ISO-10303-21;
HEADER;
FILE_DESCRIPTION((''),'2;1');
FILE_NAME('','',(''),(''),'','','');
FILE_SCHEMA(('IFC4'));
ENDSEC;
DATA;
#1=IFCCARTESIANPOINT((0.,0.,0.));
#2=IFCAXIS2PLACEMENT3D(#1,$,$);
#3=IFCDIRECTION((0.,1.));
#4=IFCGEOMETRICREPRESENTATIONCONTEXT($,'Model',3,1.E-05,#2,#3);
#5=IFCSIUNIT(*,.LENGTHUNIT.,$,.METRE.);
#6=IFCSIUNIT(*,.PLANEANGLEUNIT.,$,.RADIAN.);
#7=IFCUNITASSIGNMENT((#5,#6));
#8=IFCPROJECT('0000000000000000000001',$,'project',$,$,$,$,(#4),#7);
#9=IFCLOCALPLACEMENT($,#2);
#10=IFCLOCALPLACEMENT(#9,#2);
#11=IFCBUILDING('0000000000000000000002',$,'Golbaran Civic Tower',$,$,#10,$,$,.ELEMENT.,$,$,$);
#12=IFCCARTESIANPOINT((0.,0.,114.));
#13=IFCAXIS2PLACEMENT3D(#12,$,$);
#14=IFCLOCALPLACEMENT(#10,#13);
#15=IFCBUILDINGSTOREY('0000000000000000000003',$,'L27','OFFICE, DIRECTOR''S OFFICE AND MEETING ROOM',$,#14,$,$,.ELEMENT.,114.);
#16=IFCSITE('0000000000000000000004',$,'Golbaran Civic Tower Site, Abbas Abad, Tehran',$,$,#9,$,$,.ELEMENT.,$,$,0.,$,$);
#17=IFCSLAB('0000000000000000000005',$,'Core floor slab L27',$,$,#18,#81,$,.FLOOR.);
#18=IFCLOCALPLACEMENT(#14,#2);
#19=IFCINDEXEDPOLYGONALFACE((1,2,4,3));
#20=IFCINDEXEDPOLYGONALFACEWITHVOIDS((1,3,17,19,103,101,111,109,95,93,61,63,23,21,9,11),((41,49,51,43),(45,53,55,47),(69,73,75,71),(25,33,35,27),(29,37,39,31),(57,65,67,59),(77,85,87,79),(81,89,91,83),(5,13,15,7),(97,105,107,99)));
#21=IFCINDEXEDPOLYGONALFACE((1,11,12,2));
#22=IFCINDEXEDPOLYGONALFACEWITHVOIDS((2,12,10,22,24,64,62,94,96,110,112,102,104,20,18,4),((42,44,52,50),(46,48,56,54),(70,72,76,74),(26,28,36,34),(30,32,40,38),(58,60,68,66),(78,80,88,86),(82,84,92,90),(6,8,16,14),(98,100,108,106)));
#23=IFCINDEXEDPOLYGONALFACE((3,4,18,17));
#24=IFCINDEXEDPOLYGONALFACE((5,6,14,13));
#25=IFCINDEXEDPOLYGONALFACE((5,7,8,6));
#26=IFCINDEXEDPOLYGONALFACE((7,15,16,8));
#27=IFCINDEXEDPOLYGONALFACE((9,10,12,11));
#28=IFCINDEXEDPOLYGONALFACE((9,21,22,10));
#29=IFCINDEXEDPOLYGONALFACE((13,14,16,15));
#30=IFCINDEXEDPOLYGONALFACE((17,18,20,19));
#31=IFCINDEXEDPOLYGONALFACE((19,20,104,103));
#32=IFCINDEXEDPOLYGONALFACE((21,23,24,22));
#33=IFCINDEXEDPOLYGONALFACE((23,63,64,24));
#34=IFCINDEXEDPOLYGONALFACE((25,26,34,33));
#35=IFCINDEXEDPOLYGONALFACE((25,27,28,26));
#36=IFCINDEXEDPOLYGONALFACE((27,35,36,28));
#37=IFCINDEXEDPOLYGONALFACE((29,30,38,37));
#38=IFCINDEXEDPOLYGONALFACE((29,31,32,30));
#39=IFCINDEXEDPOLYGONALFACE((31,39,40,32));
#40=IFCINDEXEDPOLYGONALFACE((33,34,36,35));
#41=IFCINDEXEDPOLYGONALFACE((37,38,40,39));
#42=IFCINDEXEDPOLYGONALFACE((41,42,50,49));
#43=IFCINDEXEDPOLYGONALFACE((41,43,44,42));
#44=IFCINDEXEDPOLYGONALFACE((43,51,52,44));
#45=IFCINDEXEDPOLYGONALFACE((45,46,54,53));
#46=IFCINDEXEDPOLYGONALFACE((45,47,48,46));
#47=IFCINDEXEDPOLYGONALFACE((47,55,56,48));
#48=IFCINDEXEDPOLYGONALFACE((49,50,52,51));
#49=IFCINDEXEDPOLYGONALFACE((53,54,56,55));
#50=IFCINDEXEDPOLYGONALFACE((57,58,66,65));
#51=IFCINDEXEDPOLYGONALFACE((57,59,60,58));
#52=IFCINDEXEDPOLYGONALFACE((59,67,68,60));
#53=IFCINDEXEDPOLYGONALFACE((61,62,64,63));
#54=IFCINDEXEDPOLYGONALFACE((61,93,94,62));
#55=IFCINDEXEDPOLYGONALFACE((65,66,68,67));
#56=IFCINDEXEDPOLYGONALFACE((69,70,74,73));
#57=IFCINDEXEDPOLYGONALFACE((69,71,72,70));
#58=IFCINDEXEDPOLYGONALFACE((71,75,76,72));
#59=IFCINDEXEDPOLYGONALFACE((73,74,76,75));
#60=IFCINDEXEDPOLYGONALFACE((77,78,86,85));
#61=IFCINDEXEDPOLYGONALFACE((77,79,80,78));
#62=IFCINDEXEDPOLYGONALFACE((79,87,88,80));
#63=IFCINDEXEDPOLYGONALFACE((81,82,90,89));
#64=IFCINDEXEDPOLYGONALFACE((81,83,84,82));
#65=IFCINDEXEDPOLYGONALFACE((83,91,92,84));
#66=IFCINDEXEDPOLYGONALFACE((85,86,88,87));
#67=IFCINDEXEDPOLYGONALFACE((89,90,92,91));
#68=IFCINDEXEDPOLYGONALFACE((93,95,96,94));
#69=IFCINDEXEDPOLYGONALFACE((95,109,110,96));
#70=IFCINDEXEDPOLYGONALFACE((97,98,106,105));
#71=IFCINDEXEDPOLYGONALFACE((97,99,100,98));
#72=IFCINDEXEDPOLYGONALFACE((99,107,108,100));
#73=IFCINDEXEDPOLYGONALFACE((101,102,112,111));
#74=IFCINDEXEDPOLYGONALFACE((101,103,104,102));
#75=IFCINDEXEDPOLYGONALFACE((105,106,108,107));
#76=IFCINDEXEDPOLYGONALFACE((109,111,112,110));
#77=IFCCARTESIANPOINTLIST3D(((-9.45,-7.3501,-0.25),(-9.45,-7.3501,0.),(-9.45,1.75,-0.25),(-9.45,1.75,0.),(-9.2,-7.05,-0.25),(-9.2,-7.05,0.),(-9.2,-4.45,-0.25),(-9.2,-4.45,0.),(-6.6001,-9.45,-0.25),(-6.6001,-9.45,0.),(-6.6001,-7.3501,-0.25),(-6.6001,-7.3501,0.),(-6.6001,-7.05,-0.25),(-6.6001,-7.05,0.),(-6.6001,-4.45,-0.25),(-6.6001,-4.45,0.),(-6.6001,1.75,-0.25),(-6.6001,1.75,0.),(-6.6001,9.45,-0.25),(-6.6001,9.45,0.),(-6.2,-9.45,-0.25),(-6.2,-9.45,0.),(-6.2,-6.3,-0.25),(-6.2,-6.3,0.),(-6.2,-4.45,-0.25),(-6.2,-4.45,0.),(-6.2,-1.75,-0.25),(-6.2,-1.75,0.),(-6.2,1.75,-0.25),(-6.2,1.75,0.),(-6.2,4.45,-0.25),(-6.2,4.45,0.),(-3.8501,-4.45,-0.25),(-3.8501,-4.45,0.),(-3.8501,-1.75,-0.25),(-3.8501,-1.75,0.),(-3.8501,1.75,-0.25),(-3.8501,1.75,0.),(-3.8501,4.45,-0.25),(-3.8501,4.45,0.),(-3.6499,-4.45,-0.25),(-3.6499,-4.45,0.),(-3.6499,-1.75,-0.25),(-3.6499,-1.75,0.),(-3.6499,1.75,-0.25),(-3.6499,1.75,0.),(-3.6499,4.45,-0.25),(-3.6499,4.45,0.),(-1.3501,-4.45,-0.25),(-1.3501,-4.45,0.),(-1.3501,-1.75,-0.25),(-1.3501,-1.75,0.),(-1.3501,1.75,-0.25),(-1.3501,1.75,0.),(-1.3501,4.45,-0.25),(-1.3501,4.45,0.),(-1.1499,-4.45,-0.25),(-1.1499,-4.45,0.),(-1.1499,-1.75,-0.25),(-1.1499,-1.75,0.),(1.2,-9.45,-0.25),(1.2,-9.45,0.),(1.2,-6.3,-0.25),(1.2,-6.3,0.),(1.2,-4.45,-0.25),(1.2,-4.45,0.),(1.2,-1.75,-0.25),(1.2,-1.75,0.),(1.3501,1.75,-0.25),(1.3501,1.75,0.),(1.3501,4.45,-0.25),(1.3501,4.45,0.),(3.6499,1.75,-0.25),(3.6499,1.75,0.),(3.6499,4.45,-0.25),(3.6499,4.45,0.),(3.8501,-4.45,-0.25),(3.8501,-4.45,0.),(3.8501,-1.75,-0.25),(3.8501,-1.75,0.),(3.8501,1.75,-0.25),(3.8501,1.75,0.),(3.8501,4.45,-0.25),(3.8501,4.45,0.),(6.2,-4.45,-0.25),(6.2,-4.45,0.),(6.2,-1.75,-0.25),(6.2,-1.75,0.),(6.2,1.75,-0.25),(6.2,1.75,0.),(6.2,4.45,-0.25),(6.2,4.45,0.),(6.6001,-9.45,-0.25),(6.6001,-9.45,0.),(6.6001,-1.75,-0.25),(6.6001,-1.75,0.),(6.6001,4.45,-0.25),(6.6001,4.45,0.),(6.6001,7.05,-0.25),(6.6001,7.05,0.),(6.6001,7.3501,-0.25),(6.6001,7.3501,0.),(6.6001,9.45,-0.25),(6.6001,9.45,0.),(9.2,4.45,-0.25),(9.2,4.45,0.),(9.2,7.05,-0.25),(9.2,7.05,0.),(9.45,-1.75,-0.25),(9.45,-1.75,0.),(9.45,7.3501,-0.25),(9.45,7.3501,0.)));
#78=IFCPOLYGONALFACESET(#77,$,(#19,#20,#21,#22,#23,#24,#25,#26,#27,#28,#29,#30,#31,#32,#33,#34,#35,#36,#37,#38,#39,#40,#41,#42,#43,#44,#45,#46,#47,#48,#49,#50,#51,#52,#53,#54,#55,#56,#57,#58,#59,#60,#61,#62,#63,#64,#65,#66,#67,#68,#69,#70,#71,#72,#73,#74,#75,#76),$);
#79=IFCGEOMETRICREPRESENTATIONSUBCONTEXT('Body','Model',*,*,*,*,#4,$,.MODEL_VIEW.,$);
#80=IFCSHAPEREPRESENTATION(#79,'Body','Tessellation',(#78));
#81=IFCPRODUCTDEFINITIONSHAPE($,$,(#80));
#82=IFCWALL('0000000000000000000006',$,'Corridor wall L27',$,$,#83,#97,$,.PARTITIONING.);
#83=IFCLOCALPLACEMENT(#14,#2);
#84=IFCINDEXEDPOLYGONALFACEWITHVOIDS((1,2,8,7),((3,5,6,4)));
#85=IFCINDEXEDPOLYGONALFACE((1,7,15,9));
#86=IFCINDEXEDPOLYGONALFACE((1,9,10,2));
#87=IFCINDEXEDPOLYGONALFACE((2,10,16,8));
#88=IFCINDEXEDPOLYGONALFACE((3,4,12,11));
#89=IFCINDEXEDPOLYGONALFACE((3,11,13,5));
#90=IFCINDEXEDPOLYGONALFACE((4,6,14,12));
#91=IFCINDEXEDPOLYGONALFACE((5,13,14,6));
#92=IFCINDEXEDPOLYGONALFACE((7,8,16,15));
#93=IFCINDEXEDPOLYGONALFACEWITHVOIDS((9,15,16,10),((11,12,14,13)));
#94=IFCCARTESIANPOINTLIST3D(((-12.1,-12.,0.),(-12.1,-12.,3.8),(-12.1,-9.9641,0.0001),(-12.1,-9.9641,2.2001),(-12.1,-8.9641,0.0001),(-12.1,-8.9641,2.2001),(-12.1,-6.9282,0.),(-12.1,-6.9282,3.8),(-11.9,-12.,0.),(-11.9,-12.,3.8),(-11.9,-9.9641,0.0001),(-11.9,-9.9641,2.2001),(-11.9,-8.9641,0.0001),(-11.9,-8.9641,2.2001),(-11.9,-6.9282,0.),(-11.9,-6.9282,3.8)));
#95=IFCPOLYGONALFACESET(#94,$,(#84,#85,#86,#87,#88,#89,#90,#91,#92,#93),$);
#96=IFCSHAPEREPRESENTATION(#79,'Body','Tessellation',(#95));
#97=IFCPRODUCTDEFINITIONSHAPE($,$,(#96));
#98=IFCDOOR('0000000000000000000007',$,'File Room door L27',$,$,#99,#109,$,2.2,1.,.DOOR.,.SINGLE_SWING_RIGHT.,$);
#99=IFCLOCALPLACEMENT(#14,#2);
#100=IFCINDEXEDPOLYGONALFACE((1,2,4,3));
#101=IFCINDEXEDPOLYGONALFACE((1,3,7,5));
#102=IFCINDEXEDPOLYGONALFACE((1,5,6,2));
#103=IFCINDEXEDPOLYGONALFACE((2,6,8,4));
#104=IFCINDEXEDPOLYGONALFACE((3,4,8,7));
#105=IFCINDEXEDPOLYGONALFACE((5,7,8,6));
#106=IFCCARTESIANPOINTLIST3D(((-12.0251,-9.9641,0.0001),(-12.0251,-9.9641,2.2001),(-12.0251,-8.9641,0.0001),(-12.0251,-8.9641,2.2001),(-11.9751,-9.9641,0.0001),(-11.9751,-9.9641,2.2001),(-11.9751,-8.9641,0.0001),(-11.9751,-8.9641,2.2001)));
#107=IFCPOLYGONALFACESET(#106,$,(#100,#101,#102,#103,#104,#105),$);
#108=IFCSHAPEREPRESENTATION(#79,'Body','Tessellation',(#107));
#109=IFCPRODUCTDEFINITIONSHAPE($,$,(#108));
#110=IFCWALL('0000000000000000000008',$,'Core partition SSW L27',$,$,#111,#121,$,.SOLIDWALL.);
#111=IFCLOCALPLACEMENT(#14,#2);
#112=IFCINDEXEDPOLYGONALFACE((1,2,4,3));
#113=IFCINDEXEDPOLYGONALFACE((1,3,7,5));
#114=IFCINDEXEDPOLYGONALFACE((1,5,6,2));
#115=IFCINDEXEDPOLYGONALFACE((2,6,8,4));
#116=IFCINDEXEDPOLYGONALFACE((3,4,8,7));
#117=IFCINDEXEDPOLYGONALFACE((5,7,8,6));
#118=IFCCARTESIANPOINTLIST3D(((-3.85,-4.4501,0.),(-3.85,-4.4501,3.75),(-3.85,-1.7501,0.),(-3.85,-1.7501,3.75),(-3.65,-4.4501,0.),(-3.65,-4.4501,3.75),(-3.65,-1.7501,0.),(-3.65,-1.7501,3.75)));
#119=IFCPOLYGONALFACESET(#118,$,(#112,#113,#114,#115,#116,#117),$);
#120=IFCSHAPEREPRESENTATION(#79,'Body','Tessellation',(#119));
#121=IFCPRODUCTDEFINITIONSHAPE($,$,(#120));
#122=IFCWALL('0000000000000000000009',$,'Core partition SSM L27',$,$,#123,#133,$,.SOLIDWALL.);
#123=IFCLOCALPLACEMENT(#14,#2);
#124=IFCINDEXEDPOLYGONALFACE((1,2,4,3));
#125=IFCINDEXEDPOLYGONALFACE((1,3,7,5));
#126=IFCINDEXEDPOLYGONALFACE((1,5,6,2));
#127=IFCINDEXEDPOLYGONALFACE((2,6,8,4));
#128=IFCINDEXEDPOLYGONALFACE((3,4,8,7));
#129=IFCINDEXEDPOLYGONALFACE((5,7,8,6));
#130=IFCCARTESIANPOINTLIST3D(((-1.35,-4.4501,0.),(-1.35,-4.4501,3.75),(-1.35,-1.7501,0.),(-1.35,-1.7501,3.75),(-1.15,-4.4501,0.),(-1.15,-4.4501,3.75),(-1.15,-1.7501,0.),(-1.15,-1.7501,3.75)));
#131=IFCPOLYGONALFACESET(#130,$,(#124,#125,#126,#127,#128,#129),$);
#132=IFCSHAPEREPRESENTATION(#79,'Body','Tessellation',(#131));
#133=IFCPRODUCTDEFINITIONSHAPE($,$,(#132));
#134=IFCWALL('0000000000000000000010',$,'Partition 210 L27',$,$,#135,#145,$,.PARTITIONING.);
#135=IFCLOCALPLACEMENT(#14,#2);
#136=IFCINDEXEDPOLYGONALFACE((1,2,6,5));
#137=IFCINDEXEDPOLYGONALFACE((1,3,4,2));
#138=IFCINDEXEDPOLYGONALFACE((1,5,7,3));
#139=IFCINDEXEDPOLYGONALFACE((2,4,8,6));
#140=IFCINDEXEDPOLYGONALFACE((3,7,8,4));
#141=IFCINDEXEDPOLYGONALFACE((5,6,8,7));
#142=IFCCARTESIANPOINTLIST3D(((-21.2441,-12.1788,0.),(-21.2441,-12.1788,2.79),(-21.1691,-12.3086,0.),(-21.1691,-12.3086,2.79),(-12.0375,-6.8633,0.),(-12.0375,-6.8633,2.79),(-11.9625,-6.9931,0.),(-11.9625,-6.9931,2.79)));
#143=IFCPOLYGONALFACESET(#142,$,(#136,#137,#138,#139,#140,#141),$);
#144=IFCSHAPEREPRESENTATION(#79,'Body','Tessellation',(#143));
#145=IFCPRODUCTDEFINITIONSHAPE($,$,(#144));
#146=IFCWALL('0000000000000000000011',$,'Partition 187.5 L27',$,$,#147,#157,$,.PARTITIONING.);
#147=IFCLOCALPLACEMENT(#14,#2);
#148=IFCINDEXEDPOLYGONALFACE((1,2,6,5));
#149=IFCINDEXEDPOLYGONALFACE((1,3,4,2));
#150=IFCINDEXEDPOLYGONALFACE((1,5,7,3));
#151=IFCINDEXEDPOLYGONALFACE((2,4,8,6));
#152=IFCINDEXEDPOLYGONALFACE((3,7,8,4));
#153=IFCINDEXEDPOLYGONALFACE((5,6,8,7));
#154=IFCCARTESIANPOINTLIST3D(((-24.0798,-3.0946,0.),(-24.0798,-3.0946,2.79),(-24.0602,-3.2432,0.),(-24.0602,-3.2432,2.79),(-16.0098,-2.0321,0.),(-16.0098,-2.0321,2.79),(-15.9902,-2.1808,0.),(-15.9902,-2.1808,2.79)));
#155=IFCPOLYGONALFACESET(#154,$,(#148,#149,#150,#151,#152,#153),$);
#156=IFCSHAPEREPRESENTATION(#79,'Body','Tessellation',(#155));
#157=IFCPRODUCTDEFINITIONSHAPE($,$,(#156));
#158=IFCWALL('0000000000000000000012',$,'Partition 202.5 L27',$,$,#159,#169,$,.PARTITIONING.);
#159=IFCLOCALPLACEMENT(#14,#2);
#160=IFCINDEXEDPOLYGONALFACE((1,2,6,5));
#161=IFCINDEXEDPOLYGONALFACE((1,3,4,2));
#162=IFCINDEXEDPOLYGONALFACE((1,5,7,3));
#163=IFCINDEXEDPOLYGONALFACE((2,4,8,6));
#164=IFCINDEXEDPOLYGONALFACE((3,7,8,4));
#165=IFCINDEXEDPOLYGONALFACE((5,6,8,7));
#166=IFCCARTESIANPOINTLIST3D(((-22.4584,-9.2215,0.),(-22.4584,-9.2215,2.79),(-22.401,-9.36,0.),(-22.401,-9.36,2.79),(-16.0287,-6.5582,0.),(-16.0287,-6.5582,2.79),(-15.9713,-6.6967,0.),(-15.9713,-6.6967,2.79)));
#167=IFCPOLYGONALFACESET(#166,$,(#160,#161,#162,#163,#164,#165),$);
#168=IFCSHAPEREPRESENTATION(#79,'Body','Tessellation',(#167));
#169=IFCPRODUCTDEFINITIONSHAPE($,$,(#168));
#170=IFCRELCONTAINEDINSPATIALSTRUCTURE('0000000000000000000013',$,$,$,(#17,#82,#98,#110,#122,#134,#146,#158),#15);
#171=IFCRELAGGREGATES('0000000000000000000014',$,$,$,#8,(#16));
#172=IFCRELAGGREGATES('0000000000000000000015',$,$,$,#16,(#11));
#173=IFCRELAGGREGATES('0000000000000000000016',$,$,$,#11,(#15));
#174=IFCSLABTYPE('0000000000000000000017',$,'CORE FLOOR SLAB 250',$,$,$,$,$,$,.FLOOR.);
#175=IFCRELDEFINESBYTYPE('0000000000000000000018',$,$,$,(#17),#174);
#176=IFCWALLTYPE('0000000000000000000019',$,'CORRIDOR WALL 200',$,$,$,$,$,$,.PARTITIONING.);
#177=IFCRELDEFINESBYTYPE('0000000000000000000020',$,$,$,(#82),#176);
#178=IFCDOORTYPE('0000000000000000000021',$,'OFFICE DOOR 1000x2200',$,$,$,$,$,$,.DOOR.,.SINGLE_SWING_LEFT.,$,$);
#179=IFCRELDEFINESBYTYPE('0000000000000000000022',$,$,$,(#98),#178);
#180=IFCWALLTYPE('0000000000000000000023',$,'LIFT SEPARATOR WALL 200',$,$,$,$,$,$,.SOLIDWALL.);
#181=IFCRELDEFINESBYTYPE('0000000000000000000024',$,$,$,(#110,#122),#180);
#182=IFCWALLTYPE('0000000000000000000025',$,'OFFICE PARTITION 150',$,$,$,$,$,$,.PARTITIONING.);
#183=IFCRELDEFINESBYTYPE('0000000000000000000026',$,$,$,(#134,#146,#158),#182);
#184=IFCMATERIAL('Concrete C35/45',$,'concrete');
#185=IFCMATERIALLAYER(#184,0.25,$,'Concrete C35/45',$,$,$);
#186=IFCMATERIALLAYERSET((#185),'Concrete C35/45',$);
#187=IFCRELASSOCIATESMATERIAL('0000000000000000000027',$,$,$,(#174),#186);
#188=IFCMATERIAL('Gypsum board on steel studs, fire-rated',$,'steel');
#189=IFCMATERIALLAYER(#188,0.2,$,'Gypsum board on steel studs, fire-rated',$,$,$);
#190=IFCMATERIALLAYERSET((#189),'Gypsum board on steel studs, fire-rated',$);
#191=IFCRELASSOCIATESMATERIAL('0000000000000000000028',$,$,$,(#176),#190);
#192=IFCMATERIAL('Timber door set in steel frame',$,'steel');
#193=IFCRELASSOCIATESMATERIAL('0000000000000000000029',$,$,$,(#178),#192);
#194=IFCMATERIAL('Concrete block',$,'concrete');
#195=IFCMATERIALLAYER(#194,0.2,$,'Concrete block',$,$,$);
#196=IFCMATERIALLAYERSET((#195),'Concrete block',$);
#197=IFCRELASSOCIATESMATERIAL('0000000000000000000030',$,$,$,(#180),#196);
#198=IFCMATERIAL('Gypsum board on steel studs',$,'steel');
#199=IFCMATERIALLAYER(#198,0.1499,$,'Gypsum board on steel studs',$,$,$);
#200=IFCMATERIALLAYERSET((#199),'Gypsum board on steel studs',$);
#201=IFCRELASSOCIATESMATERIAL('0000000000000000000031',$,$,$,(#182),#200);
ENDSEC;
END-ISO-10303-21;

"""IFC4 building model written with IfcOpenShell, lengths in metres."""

from ifc_helpers import new_model, si_unit, direction, frame, frame_2d, origin, place, context, subcontext, project, spatial, polyline, rectangle, outline, extrude, material, layer, layer_set, type_object, element, fill, save


model = new_model("IFC4")

# Units and contexts
model_context = context("Model", 3, precision=1e-05, world=origin(), true_north=direction((0.0, 1.0)))
body_context = subcontext(model_context, "Body", "Model", "MODEL_VIEW")
ifc_project = project(units=[si_unit("LENGTHUNIT", "METRE"), si_unit("PLANEANGLEUNIT", "RADIAN")], contexts=[model_context])

# Site, building, storey
site_placement = place(None, origin())
site = spatial("IfcSite", under=ifc_project, at=site_placement, Name="Golbaran Civic Tower Site, Abbas Abad, Tehran", CompositionType="ELEMENT", RefElevation=0.0)
building_placement = place(site_placement, origin())
building = spatial("IfcBuilding", under=site, at=building_placement, Name="Golbaran Civic Tower", CompositionType="ELEMENT")
storey_placement = place(building_placement, frame((0.0, 0.0, 114.0)))
storey = spatial("IfcBuildingStorey", under=building, at=storey_placement, Name="L27", Description="OFFICE, DIRECTOR'S OFFICE AND MEETING ROOM", CompositionType="ELEMENT", Elevation=114.0)

# Slab
ifc_material_1 = material(Name="Concrete C35/45", Category="concrete")
ifc_layer_1 = layer(ifc_material_1, 0.25, Name="Concrete C35/45")
ifc_layer_set_1 = layer_set([ifc_layer_1], Name="Concrete C35/45")
slab_type_1 = type_object("IfcSlabType", Name="CORE FLOOR SLAB 250", PredefinedType="FLOOR", material=ifc_layer_set_1)
slab_1_placement = place(storey_placement, frame((0.0, 0.0, -0.25)))
element("IfcSlab", 1, at=slab_1_placement, inside=storey, type_object=slab_type_1, Name="Core floor slab L27", PredefinedType="FLOOR", context=body_context, shape_type="SweptSolid", body=[
    extrude(outline(polyline([(6.6001, -1.75), (6.6001, -9.45), (1.2, -9.45), (1.2, -6.3), (-6.2, -6.3), (-6.2, -9.45), (-6.6001, -9.45), (-6.6001, -7.3501), (-9.45, -7.3501), (-9.45, 1.75), (-6.6001, 1.75), (-6.6001, 9.45), (6.6001, 9.45), (6.6001, 7.3501), (9.45, 7.3501), (9.45, -1.75), (6.6001, -1.75)]), holes=[polyline([(9.2, 7.05), (6.6001, 7.05), (6.6001, 4.45), (9.2, 4.45), (9.2, 7.05)]), polyline([(6.2, -1.75), (3.8501, -1.75), (3.8501, -4.45), (6.2, -4.45), (6.2, -1.75)]), polyline([(6.2, 4.45), (3.8501, 4.45), (3.8501, 1.75), (6.2, 1.75), (6.2, 4.45)]), polyline([(3.6499, 4.45), (1.3501, 4.45), (1.3501, 1.75), (3.6499, 1.75), (3.6499, 4.45)]), polyline([(1.2, -1.75), (-1.1499, -1.75), (-1.1499, -4.45), (1.2, -4.45), (1.2, -1.75)]), polyline([(-1.3501, 4.45), (-3.6499, 4.45), (-3.6499, 1.75), (-1.3501, 1.75), (-1.3501, 4.45)]), polyline([(-1.3501, -1.75), (-3.6499, -1.75), (-3.6499, -4.45), (-1.3501, -4.45), (-1.3501, -1.75)]), polyline([(-3.8501, -1.75), (-6.2, -1.75), (-6.2, -4.45), (-3.8501, -4.45), (-3.8501, -1.75)]), polyline([(-3.8501, 4.45), (-6.2, 4.45), (-6.2, 1.75), (-3.8501, 1.75), (-3.8501, 4.45)]), polyline([(-6.6001, -4.45), (-9.2, -4.45), (-9.2, -7.05), (-6.6001, -7.05), (-6.6001, -4.45)])]), origin(), (0.0, 0.0, 1.0), 0.25),
])

# Wall, opening, door
ifc_material_2 = material(Name="Gypsum board on steel studs, fire-rated", Category="steel")
ifc_layer_2 = layer(ifc_material_2, 0.2, Name="Gypsum board on steel studs, fire-rated")
ifc_layer_set_2 = layer_set([ifc_layer_2], Name="Gypsum board on steel studs, fire-rated")
wall_type_1 = type_object("IfcWallType", Name="CORRIDOR WALL 200", PredefinedType="PARTITIONING", material=ifc_layer_set_2)
wall_1_placement = place(storey_placement, frame((-12.0, -6.9282, 0.0), z_axis=(0.0, 0.0, 1.0), x_axis=(0.0, -1.0, 0.0)))
wall_1 = element("IfcWall", 2, at=wall_1_placement, inside=storey, type_object=wall_type_1, Name="Corridor wall L27", PredefinedType="PARTITIONING", context=body_context, shape_type="SweptSolid", body=[
    extrude(rectangle(XDim=5.0718, YDim=0.2, at=frame_2d((2.5359, 0.0))), origin(), (0.0, 0.0, 1.0), 3.8),
])
opening_1_placement = place(wall_1_placement, frame((2.0359, 0.0, 0.0)))
opening_1 = element("IfcOpeningElement", 3, at=opening_1_placement, cuts=wall_1, PredefinedType="OPENING", context=body_context, shape_type="SweptSolid", body=[
    extrude(rectangle(XDim=1.0, YDim=2.2, at=frame_2d((0.5, 1.1001))), frame((0.0, 0.1099, 0.0), z_axis=(0.0, -1.0, 0.0), x_axis=(1.0, 0.0, 0.0)), (0.0, 0.0, 1.0), 0.22),
])
ifc_material_3 = material(Name="Timber door set in steel frame", Category="steel")
door_type_1 = type_object("IfcDoorType", Name="OFFICE DOOR 1000x2200", OperationType="SINGLE_SWING_LEFT", PredefinedType="DOOR", material=ifc_material_3)
door_1_placement = place(opening_1_placement, origin())
door_1 = element("IfcDoor", 4, at=door_1_placement, inside=storey, type_object=door_type_1, Name="File Room door L27", OperationType="SINGLE_SWING_RIGHT", OverallHeight=2.2, OverallWidth=1.0, PredefinedType="DOOR", context=body_context, shape_type="SweptSolid", body=[
    extrude(rectangle(XDim=1.0, YDim=2.2, at=frame_2d((0.5, 1.1001))), frame((0.0, 0.0249, 0.0), z_axis=(0.0, -1.0, 0.0), x_axis=(1.0, 0.0, 0.0)), (0.0, 0.0, 1.0), 0.05),
])
fill(opening_1, door_1)

# Walls
ifc_material_4 = material(Name="Concrete block", Category="concrete")
ifc_layer_3 = layer(ifc_material_4, 0.2, Name="Concrete block")
ifc_layer_set_3 = layer_set([ifc_layer_3], Name="Concrete block")
wall_type_2 = type_object("IfcWallType", Name="LIFT SEPARATOR WALL 200", PredefinedType="SOLIDWALL", material=ifc_layer_set_3)
for number, where, z_axis, x_axis, name in (
    (5, (-3.75, -1.75, 0.0), (0.0, 0.0, 1.0), (0.0, -1.0, 0.0), "Core partition SSW L27"),
    (6, (-1.25, -1.75, 0.0), (0.0, 0.0, 1.0), (0.0, -1.0, 0.0), "Core partition SSM L27"),
):
    element("IfcWall", number, at=place(storey_placement, frame(where, z_axis=z_axis, x_axis=x_axis)), inside=storey, type_object=wall_type_2, Name=name, PredefinedType="SOLIDWALL", context=body_context, shape_type="SweptSolid", body=[
        extrude(rectangle(XDim=2.7, YDim=0.2, at=frame_2d((1.3501, 0.0))), origin(), (0.0, 0.0, 1.0), 3.75),
    ])
ifc_material_5 = material(Name="Gypsum board on steel studs", Category="steel")
ifc_layer_4 = layer(ifc_material_5, 0.1499, Name="Gypsum board on steel studs")
ifc_layer_set_4 = layer_set([ifc_layer_4], Name="Gypsum board on steel studs")
wall_type_3 = type_object("IfcWallType", Name="OFFICE PARTITION 150", PredefinedType="PARTITIONING", material=ifc_layer_set_4)
wall_2_placement = place(storey_placement, frame((-12.0, -6.9282, 0.0), z_axis=(0.0, 0.0, 1.0), x_axis=(-0.866024, -0.500002, 0.0)))
element("IfcWall", 7, at=wall_2_placement, inside=storey, type_object=wall_type_3, Name="Partition 210 L27", PredefinedType="PARTITIONING", context=body_context, shape_type="SweptSolid", body=[
    extrude(rectangle(XDim=10.6309, YDim=0.1499, at=frame_2d((5.3154, 0.0))), origin(), (0.0, 0.0, 1.0), 2.79),
])
wall_3_placement = place(storey_placement, frame((-16.0, -2.1064, 0.0), z_axis=(0.0, 0.0, 1.0), x_axis=(-0.991444, -0.130533, 0.0)))
element("IfcWall", 8, at=wall_3_placement, inside=storey, type_object=wall_type_3, Name="Partition 187.5 L27", PredefinedType="PARTITIONING", context=body_context, shape_type="SweptSolid", body=[
    extrude(rectangle(XDim=8.1396, YDim=0.1499, at=frame_2d((4.0698, 0.0))), origin(), (0.0, 0.0, 1.0), 2.79),
])
wall_4_placement = place(storey_placement, frame((-16.0, -6.6274, 0.0), z_axis=(0.0, 0.0, 1.0), x_axis=(-0.923876, -0.382692, 0.0)))
element("IfcWall", 9, at=wall_4_placement, inside=storey, type_object=wall_type_3, Name="Partition 202.5 L27", PredefinedType="PARTITIONING", context=body_context, shape_type="SweptSolid", body=[
    extrude(rectangle(XDim=6.9595, YDim=0.1499, at=frame_2d((3.4797, 0.0))), origin(), (0.0, 0.0, 1.0), 2.79),
])

save(model, "model.ifc")
